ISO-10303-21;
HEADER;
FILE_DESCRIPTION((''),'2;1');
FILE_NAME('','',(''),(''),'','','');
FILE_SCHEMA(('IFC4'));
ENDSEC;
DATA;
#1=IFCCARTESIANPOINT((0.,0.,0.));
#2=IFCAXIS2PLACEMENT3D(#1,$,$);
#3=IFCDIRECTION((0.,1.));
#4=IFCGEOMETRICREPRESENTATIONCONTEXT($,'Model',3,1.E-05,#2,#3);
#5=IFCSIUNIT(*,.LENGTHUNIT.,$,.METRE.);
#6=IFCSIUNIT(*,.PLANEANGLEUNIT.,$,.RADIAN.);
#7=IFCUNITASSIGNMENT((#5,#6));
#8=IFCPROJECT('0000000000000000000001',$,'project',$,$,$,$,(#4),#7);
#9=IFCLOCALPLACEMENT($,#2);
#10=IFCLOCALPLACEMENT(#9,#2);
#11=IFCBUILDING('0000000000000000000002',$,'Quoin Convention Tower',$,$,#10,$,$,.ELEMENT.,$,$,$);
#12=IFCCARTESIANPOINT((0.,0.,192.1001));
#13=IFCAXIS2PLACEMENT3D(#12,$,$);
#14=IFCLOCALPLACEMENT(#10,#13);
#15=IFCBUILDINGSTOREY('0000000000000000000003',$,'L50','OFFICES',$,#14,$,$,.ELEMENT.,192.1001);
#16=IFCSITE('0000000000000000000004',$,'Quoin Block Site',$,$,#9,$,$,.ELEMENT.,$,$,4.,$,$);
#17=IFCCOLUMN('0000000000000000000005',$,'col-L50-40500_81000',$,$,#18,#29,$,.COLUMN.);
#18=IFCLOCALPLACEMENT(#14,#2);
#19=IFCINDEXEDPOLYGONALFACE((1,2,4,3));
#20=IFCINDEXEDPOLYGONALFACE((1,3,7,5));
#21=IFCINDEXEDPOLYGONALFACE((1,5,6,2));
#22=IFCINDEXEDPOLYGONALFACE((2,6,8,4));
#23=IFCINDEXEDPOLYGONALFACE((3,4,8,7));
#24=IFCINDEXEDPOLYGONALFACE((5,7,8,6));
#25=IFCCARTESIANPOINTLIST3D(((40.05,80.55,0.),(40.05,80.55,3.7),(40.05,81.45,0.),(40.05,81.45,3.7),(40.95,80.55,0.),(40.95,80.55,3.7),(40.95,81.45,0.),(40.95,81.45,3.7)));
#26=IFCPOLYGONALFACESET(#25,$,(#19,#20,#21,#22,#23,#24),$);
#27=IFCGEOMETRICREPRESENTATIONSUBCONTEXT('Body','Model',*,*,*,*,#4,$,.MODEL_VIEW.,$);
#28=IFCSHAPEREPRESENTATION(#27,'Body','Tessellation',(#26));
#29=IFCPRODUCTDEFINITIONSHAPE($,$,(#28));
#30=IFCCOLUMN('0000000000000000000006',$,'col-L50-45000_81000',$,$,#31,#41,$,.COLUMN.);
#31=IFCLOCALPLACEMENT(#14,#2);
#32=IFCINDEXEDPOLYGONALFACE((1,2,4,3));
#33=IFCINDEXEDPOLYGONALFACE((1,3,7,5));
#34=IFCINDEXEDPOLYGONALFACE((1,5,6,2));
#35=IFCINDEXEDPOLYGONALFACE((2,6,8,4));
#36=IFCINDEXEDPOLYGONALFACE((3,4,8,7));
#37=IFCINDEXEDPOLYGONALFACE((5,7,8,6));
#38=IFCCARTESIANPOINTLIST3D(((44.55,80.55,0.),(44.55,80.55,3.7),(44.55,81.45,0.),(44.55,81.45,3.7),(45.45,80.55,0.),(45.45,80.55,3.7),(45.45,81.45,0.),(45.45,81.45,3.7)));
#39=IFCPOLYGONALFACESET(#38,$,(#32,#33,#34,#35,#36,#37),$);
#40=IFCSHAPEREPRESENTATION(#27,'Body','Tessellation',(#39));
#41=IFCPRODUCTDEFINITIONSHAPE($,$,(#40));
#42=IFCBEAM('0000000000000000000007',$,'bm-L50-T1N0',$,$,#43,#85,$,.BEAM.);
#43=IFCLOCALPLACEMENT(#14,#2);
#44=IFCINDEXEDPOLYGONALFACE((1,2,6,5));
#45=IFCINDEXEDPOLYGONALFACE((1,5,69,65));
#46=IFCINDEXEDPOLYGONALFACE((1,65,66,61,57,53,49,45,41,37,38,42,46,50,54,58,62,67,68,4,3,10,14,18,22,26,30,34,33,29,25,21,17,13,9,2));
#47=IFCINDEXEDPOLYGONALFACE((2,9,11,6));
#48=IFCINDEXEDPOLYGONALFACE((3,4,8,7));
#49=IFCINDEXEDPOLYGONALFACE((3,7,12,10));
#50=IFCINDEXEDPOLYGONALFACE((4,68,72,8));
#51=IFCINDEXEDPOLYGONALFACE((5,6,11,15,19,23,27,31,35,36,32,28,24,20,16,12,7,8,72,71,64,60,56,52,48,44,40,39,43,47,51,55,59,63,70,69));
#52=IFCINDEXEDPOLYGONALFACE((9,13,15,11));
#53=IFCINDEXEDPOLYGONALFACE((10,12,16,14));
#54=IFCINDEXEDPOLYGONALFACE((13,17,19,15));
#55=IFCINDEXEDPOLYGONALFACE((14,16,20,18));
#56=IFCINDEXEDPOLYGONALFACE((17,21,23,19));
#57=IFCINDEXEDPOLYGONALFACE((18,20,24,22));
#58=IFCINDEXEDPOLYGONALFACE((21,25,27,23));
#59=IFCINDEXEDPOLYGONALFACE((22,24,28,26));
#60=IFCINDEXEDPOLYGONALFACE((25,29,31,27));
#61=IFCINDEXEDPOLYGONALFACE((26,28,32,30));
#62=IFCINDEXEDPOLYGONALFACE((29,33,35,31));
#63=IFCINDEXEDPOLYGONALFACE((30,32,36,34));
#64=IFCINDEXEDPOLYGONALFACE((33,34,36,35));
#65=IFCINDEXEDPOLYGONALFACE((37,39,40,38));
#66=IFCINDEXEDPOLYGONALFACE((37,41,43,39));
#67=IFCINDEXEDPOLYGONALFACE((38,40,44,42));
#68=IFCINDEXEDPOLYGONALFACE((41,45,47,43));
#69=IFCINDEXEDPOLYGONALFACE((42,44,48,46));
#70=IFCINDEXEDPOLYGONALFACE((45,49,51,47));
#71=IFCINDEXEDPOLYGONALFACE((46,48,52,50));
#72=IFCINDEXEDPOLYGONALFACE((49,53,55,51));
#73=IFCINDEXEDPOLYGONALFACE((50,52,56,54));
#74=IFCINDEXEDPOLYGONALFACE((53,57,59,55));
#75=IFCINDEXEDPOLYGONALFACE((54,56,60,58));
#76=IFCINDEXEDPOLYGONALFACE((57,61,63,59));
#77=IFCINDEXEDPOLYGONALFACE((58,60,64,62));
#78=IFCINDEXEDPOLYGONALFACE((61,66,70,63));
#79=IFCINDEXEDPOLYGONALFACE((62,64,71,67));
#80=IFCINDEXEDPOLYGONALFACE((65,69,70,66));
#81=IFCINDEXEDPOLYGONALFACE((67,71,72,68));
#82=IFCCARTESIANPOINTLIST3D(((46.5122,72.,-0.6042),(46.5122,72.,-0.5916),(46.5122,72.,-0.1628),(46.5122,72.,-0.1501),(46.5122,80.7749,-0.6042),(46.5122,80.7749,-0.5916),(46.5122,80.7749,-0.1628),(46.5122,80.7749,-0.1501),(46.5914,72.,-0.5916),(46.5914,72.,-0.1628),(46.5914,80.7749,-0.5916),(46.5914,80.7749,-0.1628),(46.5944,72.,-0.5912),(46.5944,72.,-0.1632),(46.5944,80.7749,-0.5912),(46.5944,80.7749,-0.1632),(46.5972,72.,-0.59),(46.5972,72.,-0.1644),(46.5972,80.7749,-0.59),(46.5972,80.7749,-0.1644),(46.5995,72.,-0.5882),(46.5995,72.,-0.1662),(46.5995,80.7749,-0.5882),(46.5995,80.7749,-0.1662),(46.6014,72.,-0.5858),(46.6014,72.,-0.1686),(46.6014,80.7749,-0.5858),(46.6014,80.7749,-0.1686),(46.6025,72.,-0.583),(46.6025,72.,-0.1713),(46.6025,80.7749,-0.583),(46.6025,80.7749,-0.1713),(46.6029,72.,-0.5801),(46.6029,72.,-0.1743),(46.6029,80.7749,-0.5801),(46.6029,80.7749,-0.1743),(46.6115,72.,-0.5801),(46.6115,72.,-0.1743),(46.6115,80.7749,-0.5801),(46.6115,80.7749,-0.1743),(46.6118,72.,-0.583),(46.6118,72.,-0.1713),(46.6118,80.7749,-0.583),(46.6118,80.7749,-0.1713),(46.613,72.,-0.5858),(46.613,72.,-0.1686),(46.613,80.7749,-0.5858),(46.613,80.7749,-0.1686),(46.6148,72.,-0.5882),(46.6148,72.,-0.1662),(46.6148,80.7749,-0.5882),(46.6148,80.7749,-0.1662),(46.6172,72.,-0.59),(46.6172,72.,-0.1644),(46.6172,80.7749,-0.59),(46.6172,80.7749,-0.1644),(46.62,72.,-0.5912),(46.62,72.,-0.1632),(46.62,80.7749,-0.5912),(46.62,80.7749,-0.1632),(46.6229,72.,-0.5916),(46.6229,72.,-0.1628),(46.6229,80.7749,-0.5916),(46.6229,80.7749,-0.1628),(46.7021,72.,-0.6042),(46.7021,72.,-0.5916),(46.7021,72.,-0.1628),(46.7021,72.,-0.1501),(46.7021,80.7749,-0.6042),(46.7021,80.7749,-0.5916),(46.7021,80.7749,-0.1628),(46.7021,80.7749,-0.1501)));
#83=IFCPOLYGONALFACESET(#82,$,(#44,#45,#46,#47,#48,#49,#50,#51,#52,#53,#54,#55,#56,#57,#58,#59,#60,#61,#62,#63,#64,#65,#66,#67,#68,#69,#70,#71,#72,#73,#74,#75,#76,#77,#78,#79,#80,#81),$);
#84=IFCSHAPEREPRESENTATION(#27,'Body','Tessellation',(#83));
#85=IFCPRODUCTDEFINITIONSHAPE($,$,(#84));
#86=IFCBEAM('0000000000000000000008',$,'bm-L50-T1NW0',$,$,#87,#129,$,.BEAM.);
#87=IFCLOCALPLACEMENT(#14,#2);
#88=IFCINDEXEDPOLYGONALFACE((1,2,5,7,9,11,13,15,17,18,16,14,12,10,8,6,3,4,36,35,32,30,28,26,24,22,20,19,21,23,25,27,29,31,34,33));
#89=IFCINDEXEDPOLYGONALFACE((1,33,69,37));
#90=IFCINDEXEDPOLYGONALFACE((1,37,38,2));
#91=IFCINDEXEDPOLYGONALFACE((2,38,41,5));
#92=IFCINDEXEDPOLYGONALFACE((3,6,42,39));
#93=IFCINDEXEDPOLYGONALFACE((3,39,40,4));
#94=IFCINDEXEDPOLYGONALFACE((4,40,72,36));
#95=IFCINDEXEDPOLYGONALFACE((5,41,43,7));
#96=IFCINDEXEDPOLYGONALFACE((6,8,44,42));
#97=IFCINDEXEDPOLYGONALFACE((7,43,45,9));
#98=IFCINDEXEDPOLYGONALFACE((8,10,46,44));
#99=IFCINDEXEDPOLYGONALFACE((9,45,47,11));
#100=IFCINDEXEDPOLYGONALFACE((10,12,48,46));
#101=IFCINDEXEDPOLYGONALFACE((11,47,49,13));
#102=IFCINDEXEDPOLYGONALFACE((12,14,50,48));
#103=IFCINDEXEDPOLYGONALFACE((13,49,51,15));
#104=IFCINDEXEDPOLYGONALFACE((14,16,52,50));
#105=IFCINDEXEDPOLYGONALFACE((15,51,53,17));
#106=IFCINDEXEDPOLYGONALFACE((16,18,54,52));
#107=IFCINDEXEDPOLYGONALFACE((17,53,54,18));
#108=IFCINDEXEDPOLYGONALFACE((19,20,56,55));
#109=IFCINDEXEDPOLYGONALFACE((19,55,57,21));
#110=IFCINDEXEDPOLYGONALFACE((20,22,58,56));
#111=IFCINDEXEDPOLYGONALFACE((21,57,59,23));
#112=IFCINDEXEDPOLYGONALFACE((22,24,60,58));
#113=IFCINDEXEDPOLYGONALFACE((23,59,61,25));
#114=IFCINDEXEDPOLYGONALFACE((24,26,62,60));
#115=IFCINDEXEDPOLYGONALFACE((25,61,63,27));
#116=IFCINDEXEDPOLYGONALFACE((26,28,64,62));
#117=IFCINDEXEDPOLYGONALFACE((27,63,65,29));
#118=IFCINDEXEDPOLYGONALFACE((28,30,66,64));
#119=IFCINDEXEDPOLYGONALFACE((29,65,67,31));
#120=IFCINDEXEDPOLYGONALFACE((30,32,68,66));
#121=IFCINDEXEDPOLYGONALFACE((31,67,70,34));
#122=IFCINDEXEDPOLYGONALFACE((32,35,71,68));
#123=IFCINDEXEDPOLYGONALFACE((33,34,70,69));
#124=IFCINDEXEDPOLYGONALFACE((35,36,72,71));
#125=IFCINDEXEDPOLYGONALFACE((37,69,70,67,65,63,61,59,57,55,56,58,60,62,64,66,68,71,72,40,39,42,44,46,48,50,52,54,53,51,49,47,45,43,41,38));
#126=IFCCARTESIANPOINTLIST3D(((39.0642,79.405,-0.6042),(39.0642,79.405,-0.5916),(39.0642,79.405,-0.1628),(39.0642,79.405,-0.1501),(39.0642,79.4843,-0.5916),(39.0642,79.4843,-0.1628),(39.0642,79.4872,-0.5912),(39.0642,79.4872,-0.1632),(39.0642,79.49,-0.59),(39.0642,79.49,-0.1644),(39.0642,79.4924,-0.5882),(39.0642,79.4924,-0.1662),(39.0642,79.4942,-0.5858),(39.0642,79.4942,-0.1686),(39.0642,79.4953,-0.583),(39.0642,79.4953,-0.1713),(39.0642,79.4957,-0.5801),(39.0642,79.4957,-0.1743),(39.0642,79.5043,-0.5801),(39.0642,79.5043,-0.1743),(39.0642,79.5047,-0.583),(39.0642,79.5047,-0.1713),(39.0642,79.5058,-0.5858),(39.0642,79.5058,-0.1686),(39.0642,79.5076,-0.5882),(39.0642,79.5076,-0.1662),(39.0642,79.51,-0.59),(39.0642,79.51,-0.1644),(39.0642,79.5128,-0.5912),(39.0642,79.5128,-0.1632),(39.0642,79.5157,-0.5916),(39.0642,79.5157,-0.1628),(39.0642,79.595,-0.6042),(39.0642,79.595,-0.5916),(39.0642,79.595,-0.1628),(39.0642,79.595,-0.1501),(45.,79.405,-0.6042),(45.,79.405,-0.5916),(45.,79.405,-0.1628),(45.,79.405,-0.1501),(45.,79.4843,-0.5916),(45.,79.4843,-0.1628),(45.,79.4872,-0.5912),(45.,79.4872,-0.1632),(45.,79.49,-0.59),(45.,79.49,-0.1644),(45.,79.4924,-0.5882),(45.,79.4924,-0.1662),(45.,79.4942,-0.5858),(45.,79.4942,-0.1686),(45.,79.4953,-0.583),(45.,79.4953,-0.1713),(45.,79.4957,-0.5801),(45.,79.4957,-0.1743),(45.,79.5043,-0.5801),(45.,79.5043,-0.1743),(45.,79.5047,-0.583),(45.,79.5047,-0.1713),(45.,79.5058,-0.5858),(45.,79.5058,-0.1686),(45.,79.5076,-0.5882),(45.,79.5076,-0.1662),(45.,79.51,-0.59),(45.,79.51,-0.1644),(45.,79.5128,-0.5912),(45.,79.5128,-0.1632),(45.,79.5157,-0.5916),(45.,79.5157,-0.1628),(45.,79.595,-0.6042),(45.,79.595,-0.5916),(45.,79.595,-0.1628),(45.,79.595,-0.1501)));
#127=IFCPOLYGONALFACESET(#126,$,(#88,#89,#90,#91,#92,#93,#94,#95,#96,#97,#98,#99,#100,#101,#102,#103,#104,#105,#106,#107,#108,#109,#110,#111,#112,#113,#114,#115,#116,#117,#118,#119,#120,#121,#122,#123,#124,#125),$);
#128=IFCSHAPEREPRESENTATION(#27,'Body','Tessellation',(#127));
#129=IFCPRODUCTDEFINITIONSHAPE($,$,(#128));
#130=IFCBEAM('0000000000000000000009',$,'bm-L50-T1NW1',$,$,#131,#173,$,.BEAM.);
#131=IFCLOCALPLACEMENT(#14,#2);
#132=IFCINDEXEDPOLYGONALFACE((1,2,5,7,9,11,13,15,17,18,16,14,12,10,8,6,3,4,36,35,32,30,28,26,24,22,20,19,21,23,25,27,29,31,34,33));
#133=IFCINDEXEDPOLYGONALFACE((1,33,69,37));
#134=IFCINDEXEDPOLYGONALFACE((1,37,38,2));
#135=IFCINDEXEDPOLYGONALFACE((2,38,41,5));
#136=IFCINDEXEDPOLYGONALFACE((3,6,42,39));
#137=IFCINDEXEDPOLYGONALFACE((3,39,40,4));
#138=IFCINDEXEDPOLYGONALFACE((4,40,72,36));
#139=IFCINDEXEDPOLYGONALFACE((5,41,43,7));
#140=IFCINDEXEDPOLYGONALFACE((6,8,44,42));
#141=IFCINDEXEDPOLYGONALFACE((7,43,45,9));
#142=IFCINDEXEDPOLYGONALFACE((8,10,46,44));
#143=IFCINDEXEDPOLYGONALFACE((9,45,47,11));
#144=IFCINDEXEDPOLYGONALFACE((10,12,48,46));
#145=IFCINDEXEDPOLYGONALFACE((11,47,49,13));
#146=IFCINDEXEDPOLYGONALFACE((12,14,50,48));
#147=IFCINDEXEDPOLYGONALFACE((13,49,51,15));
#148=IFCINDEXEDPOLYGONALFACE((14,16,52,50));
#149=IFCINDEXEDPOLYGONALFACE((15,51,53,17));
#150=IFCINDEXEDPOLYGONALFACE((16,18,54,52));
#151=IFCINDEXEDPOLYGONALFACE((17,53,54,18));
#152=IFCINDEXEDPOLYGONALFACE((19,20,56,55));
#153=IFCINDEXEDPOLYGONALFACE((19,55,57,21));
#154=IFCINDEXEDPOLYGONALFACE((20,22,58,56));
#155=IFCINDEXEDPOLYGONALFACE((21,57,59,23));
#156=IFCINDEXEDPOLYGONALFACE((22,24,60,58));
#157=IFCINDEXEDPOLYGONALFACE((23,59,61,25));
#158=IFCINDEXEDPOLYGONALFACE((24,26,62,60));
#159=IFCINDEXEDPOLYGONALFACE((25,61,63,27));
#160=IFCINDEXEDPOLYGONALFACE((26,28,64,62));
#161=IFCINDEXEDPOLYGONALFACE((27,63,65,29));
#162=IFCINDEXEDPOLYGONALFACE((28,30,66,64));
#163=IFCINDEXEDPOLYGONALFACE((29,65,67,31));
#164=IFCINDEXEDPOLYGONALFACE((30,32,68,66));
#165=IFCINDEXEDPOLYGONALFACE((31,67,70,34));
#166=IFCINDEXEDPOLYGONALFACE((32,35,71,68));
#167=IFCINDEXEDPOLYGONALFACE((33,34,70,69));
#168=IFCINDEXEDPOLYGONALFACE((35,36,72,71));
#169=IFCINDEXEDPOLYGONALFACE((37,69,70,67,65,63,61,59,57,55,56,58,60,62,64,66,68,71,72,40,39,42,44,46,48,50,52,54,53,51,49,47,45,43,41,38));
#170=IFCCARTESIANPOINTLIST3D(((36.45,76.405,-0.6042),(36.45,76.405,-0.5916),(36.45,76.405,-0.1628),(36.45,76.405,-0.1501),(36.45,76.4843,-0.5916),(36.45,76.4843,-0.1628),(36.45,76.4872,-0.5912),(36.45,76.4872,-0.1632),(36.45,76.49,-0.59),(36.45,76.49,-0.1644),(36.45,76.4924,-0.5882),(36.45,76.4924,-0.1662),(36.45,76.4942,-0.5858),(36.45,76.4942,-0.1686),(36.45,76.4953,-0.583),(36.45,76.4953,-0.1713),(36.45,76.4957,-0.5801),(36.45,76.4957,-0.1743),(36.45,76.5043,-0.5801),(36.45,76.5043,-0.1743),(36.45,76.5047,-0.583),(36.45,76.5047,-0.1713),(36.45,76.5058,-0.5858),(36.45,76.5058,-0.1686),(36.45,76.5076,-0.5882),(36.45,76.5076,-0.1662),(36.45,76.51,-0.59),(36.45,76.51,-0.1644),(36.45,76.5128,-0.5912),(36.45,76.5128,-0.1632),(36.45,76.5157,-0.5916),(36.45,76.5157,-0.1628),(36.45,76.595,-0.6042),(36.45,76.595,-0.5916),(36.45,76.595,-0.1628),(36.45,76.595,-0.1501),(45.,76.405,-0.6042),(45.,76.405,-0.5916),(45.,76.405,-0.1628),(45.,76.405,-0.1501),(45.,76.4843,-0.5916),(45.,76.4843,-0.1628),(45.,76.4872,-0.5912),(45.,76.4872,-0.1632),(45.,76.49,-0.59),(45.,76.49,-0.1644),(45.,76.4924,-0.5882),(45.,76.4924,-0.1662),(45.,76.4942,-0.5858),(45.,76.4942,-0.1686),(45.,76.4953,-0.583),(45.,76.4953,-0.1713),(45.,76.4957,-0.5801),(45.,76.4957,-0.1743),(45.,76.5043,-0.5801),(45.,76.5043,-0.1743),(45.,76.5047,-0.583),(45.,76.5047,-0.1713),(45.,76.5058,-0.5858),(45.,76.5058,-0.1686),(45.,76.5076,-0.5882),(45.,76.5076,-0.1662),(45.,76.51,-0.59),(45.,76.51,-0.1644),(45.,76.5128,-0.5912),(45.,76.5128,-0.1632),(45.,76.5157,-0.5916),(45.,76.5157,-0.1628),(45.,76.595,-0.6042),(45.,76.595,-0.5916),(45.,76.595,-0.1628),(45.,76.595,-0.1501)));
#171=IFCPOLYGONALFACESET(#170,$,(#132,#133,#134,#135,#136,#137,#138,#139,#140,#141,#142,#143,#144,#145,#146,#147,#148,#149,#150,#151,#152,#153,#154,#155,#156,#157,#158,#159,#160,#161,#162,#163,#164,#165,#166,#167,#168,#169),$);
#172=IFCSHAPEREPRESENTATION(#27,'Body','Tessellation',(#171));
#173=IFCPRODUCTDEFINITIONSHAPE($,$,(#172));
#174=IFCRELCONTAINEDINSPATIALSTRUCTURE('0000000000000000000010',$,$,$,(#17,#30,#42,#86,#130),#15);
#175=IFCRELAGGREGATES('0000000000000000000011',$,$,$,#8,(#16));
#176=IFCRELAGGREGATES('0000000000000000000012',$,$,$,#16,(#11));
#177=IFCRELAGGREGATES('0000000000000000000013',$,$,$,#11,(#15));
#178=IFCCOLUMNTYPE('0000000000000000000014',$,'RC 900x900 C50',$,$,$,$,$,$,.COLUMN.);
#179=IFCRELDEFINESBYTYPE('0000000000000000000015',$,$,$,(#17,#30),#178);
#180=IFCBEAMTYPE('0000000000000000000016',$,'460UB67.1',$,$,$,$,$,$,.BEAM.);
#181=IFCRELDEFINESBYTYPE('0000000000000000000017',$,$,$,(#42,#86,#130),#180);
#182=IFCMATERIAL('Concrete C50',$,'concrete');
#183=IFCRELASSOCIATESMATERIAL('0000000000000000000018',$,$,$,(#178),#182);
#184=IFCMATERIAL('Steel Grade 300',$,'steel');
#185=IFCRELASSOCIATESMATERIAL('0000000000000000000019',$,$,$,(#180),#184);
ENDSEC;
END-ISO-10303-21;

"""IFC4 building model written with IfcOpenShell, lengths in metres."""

from ifc_helpers import new_model, si_unit, direction, frame, origin, origin_2d, place, context, subcontext, project, spatial, rectangle, i_section, extrude, material, material_profile, profile_set, type_object, element, save


model = new_model("IFC4")

# Units and contexts
model_context = context("Model", 3, precision=1e-05, world=origin(), true_north=direction((0.0, 1.0)))
body_context = subcontext(model_context, "Body", "Model", "MODEL_VIEW")
ifc_project = project(units=[si_unit("LENGTHUNIT", "METRE"), si_unit("PLANEANGLEUNIT", "RADIAN")], contexts=[model_context])

# Site, building, storey
site_placement = place(None, origin())
site = spatial("IfcSite", under=ifc_project, at=site_placement, Name="Quoin Block Site", CompositionType="ELEMENT", RefElevation=4.0)
building_placement = place(site_placement, origin())
building = spatial("IfcBuilding", under=site, at=building_placement, Name="Quoin Convention Tower", CompositionType="ELEMENT")
storey_placement = place(building_placement, frame((0.0, 0.0, 192.1001)))
storey = spatial("IfcBuildingStorey", under=building, at=storey_placement, Name="L50", Description="OFFICES", CompositionType="ELEMENT", Elevation=192.1001)

# Columns
ifc_material_1 = material(Name="Concrete C50", Category="concrete")
ifc_material_profile_1 = material_profile(ifc_material_1, rectangle(XDim=0.8999, YDim=0.8999, at=origin_2d()), Name="RC 900x900")
ifc_profile_set_1 = profile_set([ifc_material_profile_1], Name="Concrete C50")
column_type = type_object("IfcColumnType", Name="RC 900x900 C50", PredefinedType="COLUMN", material=ifc_profile_set_1)
for number, where, z_axis, x_axis, name in (
    (1, (40.5, 81.0, 0.0), (0.0, 0.0, 1.0), (1.0, 0.0, 0.0), "col-L50-40500_81000"),
    (2, (45.0, 81.0, 0.0), (0.0, 0.0, 1.0), (1.0, 0.0, 0.0), "col-L50-45000_81000"),
):
    element("IfcColumn", number, at=place(storey_placement, frame(where, z_axis=z_axis, x_axis=x_axis)), inside=storey, type_object=column_type, Name=name, PredefinedType="COLUMN", context=body_context, shape_type="SweptSolid", body=[
        extrude(rectangle(XDim=0.8999, YDim=0.8999, at=origin_2d()), origin(), (0.0, 0.0, 1.0), 3.7),
    ])

# Beams
ifc_material_2 = material(Name="Steel Grade 300", Category="steel")
ifc_material_profile_2 = material_profile(ifc_material_2, i_section(OverallWidth=0.1899, OverallDepth=0.4541, WebThickness=0.0085, FlangeThickness=0.0127, FilletRadius=0.0115, at=origin_2d()), Name="460UB67.1")
ifc_profile_set_2 = profile_set([ifc_material_profile_2], Name="Steel Grade 300")
beam_type_1 = type_object("IfcBeamType", Name="460UB67.1", PredefinedType="BEAM", material=ifc_profile_set_2)
beam_1_placement = place(storey_placement, frame((46.6072, 72.0, -0.3772), z_axis=(0.0, 1.0, 0.0), x_axis=(-1.0, 0.0, 0.0)))
element("IfcBeam", 3, at=beam_1_placement, inside=storey, type_object=beam_type_1, Name="bm-L50-T1N0", PredefinedType="BEAM", context=body_context, shape_type="SweptSolid", body=[
    extrude(i_section(OverallWidth=0.1899, OverallDepth=0.4541, WebThickness=0.0085, FlangeThickness=0.0127, FilletRadius=0.0115, at=origin_2d()), origin(), (0.0, 0.0, 1.0), 8.7749),
])
beam_2_placement = place(storey_placement, frame((39.0642, 79.5, -0.3772), z_axis=(1.0, 0.0, 0.0), x_axis=(0.0, 1.0, 0.0)))
element("IfcBeam", 4, at=beam_2_placement, inside=storey, type_object=beam_type_1, Name="bm-L50-T1NW0", PredefinedType="BEAM", context=body_context, shape_type="SweptSolid", body=[
    extrude(i_section(OverallWidth=0.1899, OverallDepth=0.4541, WebThickness=0.0085, FlangeThickness=0.0127, FilletRadius=0.0115, at=origin_2d()), origin(), (0.0, 0.0, 1.0), 5.9358),
])
beam_3_placement = place(storey_placement, frame((36.45, 76.5, -0.3772), z_axis=(1.0, 0.0, 0.0), x_axis=(0.0, 1.0, 0.0)))
element("IfcBeam", 5, at=beam_3_placement, inside=storey, type_object=beam_type_1, Name="bm-L50-T1NW1", PredefinedType="BEAM", context=body_context, shape_type="SweptSolid", body=[
    extrude(i_section(OverallWidth=0.1899, OverallDepth=0.4541, WebThickness=0.0085, FlangeThickness=0.0127, FilletRadius=0.0115, at=origin_2d()), origin(), (0.0, 0.0, 1.0), 8.55),
])

save(model, "model.ifc")
